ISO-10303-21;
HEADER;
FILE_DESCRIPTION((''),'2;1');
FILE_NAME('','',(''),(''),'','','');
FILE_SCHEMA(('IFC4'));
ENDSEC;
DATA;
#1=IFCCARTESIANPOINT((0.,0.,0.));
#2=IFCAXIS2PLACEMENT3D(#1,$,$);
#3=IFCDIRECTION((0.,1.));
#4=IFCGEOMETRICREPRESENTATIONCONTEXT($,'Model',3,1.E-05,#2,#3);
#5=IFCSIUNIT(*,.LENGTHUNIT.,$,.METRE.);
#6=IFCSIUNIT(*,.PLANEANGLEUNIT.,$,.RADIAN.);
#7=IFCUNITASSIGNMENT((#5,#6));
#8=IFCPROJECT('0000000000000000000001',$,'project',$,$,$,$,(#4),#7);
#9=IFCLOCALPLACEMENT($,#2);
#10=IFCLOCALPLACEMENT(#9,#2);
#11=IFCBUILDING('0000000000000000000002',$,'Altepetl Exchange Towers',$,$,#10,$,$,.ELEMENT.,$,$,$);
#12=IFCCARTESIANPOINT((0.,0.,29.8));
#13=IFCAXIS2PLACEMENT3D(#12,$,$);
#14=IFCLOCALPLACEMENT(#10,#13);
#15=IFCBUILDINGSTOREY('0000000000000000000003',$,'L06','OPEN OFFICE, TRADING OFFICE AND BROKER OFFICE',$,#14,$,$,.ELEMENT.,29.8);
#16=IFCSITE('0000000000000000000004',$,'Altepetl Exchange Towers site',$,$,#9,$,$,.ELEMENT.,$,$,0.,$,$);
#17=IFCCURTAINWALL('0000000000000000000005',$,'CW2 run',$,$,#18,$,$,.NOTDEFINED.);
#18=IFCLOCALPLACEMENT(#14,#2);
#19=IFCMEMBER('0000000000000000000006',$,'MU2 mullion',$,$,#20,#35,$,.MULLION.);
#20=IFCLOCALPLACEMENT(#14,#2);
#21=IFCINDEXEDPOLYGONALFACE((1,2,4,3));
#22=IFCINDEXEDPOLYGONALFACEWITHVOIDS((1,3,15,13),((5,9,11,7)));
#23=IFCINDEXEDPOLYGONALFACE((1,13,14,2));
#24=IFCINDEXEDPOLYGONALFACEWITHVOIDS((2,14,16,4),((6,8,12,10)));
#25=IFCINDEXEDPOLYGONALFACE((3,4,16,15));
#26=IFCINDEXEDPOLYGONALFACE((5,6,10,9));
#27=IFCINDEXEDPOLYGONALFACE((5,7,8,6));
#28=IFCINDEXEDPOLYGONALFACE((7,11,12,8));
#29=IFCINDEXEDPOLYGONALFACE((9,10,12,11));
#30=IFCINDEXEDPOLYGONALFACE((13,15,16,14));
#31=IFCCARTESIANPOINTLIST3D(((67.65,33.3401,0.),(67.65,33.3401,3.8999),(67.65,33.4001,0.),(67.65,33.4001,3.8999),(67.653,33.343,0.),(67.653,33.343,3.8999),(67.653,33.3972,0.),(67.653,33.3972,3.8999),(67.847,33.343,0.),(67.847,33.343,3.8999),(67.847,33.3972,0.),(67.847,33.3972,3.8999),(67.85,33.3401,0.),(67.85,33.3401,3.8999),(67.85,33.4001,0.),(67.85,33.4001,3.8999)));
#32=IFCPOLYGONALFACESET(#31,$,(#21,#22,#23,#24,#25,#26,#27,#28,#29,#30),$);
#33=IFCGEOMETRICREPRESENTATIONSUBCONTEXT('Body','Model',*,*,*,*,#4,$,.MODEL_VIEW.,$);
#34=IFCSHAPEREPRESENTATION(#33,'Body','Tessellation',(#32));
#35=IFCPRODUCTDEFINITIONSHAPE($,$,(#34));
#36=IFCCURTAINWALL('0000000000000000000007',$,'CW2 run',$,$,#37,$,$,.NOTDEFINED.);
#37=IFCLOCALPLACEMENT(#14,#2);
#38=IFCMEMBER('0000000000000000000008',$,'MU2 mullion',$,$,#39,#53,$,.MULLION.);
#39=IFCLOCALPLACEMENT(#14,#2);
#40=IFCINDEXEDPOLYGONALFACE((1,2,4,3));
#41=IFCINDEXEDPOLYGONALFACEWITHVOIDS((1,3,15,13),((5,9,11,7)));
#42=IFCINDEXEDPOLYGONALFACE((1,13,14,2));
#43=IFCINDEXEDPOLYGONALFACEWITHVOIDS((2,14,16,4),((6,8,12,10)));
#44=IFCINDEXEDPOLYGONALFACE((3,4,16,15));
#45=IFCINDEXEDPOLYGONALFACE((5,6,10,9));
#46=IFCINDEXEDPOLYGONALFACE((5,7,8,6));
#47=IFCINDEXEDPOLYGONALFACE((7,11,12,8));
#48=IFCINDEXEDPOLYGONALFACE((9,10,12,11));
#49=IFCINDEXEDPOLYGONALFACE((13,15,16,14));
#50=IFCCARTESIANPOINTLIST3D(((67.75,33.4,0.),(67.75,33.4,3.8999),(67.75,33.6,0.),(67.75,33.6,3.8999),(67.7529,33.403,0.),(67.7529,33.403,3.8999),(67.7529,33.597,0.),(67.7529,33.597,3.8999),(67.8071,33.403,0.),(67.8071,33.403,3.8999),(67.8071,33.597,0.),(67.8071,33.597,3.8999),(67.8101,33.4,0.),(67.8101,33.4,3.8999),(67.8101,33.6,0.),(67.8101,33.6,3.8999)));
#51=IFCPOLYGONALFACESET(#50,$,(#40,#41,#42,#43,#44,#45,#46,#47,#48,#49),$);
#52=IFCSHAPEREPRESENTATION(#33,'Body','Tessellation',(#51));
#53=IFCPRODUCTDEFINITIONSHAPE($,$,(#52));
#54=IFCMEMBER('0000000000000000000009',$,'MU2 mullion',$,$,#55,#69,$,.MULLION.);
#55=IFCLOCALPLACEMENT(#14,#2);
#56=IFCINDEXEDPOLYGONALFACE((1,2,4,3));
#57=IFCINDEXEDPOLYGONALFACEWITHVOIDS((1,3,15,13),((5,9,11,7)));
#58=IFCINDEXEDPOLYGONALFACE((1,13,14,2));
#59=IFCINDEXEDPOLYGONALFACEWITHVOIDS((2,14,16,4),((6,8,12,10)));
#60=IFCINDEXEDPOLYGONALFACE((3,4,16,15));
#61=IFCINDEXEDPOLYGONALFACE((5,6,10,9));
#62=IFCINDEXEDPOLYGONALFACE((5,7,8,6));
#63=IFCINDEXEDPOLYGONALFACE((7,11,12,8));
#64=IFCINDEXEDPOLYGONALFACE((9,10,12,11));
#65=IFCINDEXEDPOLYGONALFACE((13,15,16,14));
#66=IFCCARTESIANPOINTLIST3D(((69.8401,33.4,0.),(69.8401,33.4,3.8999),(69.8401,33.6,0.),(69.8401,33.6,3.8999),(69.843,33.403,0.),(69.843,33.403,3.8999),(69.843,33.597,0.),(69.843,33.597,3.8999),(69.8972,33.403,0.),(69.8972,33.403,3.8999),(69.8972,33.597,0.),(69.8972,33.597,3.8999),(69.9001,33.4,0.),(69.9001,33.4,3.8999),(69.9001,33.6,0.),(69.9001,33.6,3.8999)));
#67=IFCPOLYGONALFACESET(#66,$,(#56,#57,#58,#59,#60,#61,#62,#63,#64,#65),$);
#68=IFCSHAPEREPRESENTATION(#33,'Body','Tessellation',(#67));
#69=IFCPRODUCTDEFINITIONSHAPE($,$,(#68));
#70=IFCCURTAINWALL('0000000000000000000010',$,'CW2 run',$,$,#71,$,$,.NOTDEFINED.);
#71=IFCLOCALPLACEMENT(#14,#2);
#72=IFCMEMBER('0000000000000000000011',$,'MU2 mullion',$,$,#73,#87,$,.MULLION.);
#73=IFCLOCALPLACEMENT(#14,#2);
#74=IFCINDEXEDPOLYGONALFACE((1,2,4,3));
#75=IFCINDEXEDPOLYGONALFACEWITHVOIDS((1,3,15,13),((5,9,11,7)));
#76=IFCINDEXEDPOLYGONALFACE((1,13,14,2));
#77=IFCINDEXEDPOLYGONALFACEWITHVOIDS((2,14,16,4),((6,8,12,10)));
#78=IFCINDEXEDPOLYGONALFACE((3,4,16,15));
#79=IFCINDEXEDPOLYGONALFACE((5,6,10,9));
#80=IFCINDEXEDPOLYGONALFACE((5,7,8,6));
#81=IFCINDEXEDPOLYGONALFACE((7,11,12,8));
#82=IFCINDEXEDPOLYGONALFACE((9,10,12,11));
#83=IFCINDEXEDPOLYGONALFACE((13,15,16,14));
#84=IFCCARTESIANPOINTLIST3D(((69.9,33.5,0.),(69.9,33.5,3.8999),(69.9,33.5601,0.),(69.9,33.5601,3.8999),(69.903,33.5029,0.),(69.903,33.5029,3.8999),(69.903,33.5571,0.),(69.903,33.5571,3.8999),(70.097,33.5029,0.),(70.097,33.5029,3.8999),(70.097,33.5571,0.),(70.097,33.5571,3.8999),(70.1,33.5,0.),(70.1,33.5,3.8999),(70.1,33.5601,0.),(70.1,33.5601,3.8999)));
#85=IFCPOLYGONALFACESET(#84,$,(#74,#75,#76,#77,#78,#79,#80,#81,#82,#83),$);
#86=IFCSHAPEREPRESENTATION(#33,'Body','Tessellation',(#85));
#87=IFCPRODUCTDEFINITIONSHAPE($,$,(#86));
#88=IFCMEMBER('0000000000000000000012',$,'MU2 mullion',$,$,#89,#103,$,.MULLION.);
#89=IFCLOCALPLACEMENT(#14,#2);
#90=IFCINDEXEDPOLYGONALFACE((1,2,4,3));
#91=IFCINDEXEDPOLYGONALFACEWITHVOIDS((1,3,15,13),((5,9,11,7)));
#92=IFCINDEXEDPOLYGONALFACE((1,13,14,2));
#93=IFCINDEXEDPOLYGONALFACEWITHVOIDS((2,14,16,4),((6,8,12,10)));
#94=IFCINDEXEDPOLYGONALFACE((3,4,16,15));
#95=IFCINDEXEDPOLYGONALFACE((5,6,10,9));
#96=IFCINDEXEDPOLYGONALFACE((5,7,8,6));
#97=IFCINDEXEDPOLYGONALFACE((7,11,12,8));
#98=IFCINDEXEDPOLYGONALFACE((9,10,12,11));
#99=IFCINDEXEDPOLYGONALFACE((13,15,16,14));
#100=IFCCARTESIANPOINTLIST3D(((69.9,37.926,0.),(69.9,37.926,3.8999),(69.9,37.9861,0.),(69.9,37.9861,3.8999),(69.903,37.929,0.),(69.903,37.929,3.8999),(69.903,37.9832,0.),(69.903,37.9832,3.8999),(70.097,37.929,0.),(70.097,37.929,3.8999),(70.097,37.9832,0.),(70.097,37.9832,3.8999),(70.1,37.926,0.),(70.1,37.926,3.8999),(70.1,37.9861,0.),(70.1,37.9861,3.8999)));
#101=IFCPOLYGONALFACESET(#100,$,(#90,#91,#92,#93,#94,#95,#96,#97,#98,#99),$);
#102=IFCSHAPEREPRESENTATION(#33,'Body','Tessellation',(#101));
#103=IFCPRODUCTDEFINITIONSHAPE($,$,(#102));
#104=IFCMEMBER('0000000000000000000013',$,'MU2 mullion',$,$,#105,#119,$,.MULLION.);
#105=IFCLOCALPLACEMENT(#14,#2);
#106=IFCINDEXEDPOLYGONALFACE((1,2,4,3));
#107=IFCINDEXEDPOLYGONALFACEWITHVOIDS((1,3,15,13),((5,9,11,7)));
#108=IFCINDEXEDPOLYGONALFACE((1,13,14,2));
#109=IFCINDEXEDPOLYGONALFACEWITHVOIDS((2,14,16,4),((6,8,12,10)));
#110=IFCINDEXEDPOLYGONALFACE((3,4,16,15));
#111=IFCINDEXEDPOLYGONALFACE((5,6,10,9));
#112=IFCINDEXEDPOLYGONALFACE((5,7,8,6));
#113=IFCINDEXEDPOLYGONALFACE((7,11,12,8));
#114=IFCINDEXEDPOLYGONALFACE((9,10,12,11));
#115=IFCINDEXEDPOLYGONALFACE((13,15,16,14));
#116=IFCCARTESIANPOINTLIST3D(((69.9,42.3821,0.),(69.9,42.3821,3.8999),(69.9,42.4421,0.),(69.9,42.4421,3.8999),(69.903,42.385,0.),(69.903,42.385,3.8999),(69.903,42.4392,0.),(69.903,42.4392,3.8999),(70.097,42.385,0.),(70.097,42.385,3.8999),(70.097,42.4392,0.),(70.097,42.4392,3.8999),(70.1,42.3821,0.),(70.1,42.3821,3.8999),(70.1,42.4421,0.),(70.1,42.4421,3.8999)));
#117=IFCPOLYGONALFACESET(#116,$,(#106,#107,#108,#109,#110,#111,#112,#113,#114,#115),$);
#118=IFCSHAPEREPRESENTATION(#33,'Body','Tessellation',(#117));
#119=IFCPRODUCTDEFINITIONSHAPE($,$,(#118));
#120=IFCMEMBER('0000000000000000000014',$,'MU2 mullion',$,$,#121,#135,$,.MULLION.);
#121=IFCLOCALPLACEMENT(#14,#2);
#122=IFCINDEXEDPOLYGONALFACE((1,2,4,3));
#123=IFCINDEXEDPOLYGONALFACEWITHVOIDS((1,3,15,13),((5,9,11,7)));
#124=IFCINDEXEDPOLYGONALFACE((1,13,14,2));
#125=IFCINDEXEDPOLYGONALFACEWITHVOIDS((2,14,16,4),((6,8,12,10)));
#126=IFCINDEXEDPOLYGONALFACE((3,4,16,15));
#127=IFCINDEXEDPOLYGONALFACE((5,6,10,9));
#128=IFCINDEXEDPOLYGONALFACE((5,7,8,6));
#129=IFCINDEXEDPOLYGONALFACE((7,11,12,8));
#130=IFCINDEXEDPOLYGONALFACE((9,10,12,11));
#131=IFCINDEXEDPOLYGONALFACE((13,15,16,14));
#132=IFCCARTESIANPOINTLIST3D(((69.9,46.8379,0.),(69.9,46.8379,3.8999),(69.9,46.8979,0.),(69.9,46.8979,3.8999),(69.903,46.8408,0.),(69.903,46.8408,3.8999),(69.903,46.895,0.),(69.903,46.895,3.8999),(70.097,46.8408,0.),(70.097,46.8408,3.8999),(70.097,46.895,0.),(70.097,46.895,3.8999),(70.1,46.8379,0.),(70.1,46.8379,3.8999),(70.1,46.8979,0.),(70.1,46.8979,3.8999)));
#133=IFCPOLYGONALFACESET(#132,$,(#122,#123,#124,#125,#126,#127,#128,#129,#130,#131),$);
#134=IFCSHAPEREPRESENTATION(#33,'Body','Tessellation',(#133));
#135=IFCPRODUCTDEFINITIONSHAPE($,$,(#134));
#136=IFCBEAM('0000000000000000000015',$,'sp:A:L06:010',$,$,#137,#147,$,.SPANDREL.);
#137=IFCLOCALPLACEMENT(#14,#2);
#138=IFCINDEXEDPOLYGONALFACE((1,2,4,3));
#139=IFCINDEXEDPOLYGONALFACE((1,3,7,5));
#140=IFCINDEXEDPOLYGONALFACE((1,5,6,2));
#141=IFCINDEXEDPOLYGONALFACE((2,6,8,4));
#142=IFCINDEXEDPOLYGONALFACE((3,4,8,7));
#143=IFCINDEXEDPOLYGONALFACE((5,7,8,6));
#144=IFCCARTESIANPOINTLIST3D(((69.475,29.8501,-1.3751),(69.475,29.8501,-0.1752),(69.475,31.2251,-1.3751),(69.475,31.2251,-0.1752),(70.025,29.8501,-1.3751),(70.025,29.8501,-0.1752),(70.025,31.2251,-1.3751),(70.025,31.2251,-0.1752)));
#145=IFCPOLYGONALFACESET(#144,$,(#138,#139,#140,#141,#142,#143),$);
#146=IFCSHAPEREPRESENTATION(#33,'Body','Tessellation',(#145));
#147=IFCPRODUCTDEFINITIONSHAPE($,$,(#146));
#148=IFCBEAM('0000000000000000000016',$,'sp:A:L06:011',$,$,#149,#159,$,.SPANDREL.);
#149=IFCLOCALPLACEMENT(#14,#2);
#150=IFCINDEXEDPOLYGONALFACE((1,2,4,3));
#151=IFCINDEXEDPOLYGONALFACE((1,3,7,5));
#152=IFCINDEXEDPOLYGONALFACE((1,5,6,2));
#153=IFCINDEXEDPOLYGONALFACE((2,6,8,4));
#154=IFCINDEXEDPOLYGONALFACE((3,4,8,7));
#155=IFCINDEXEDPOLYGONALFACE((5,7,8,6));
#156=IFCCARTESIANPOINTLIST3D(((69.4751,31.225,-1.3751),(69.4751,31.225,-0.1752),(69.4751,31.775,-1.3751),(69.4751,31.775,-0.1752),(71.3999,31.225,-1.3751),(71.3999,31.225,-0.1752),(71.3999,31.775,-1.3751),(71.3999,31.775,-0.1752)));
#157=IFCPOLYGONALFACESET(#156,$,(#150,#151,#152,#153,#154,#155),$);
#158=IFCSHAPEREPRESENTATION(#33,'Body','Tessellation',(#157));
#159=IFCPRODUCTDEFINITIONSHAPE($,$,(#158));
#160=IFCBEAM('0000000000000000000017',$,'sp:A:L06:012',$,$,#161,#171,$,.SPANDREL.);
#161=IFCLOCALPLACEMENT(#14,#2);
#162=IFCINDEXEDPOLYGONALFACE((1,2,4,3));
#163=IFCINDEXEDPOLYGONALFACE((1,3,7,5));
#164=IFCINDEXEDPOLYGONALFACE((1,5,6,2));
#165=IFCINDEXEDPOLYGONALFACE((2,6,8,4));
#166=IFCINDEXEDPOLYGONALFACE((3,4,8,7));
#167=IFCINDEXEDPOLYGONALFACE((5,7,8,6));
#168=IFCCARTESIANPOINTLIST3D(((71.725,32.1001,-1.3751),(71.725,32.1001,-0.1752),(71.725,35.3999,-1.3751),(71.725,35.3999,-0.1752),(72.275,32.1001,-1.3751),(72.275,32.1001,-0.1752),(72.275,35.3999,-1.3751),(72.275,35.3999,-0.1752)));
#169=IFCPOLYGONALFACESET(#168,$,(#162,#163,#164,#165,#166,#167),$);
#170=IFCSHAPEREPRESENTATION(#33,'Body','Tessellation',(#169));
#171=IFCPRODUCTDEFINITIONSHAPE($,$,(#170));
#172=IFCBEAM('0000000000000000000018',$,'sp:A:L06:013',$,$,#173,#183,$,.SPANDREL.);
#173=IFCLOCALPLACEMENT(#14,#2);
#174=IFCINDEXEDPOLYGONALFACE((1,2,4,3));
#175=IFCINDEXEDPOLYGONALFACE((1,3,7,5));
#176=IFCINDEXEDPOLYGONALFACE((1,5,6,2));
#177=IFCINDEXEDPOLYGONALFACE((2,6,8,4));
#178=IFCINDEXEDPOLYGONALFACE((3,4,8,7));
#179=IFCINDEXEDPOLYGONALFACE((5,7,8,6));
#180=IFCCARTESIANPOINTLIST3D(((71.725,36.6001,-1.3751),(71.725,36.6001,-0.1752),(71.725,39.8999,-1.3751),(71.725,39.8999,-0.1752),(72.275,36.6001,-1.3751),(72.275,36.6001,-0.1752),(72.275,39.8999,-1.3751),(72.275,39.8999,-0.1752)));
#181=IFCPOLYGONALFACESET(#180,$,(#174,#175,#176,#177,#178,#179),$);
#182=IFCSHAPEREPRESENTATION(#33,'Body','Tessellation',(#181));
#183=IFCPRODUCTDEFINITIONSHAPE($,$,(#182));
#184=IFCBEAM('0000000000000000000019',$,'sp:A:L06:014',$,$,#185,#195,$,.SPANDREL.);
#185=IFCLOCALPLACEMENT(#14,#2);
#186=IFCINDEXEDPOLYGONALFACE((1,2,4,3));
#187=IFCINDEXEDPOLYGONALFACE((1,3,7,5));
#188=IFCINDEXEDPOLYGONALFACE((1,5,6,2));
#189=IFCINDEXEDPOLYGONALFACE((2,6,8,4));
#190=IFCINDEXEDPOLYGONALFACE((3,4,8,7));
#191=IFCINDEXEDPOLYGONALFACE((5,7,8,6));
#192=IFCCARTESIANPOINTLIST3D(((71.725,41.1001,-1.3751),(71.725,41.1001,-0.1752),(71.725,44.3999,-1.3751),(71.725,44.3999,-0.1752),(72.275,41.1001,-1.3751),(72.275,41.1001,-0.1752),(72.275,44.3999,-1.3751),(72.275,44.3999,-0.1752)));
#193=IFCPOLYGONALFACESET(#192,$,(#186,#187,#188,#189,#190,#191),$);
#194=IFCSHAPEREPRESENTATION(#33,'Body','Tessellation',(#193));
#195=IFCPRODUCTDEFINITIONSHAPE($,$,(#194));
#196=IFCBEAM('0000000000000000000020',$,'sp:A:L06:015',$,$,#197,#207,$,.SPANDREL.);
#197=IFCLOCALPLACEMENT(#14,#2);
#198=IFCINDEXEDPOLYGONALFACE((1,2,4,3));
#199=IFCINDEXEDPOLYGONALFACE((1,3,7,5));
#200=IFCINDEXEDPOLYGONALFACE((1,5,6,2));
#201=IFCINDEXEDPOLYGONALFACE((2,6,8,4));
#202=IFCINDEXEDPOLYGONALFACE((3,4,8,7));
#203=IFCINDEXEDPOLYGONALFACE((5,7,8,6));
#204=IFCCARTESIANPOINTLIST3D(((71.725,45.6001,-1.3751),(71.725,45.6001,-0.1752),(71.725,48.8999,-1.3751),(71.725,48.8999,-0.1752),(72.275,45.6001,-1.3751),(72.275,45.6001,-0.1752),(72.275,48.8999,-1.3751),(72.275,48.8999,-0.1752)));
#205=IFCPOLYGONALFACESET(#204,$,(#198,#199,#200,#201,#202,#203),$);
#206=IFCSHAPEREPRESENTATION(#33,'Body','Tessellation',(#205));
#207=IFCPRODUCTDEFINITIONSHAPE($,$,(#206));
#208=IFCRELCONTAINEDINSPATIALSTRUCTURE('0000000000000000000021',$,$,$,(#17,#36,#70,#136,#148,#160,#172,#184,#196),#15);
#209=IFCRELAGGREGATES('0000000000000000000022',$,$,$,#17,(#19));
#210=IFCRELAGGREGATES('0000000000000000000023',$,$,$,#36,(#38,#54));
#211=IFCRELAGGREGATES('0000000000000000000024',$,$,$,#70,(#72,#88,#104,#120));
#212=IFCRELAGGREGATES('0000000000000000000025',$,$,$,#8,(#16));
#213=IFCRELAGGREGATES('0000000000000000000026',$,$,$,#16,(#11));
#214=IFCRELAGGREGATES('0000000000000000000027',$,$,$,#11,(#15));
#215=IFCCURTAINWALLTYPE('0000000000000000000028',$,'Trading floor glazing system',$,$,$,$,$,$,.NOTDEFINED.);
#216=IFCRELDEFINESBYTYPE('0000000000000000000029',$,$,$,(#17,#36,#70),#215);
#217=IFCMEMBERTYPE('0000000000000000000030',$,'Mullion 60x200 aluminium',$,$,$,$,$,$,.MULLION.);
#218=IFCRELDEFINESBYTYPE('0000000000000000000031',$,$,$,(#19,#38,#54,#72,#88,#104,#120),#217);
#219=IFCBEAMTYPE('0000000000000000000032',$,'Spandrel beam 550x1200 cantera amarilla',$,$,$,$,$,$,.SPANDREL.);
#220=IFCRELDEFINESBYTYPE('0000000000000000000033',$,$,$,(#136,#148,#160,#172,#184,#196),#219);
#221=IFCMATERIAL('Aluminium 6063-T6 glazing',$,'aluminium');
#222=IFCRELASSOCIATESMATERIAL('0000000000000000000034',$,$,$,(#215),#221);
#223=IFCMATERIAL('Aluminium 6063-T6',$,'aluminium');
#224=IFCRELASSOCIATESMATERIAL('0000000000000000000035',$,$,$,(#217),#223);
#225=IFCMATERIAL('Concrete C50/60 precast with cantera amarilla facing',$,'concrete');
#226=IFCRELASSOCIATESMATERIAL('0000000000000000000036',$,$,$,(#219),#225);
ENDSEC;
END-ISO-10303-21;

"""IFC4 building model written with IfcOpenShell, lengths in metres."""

from ifc_helpers import new_model, si_unit, direction, frame, origin, origin_2d, place, context, subcontext, project, spatial, rectangle, hollow_rectangle, extrude, material, material_profile, profile_set, type_object, element, aggregate, save


model = new_model("IFC4")

# Units and contexts
model_context = context("Model", 3, precision=1e-05, world=origin(), true_north=direction((0.0, 1.0)))
body_context = subcontext(model_context, "Body", "Model", "MODEL_VIEW")
ifc_project = project(units=[si_unit("LENGTHUNIT", "METRE"), si_unit("PLANEANGLEUNIT", "RADIAN")], contexts=[model_context])

# Site, building, storey
site_placement = place(None, origin())
site = spatial("IfcSite", under=ifc_project, at=site_placement, Name="Altepetl Exchange Towers site", CompositionType="ELEMENT", RefElevation=0.0)
building_placement = place(site_placement, origin())
building = spatial("IfcBuilding", under=site, at=building_placement, Name="Altepetl Exchange Towers", CompositionType="ELEMENT")
storey_placement = place(building_placement, frame((0.0, 0.0, 29.8)))
storey = spatial("IfcBuildingStorey", under=building, at=storey_placement, Name="L06", Description="OPEN OFFICE, TRADING OFFICE AND BROKER OFFICE", CompositionType="ELEMENT", Elevation=29.8)

# Shared definitions
ifc_material_1 = material(Name="Aluminium 6063-T6 glazing", Category="aluminium")
curtain_wall_type = type_object("IfcCurtainWallType", Name="Trading floor glazing system", PredefinedType="NOTDEFINED", material=ifc_material_1)
ifc_material_2 = material(Name="Aluminium 6063-T6", Category="aluminium")
ifc_material_profile_1 = material_profile(ifc_material_2, hollow_rectangle(XDim=0.0601, YDim=0.2, WallThickness=0.0029, at=origin_2d()), Name="Mullion 60x200 aluminium")
ifc_profile_set_1 = profile_set([ifc_material_profile_1], Name="Aluminium 6063-T6")
member_type = type_object("IfcMemberType", Name="Mullion 60x200 aluminium", PredefinedType="MULLION", material=ifc_profile_set_1)

# Curtain walls, members
curtain_wall_1_placement = place(storey_placement, origin())
curtain_wall_1 = element("IfcCurtainWall", 1, at=curtain_wall_1_placement, inside=storey, type_object=curtain_wall_type, Name="CW2 run", PredefinedType="NOTDEFINED")
member_1_placement = place(storey_placement, frame((67.75, 33.3701, 0.0), z_axis=(0.0, 0.0, 1.0), x_axis=(0.0, 1.0, 0.0)))
member_1 = element("IfcMember", 2, at=member_1_placement, type_object=member_type, Name="MU2 mullion", PredefinedType="MULLION", context=body_context, shape_type="SweptSolid", body=[
    extrude(hollow_rectangle(XDim=0.0601, YDim=0.2, WallThickness=0.0029, at=origin_2d()), origin(), (0.0, 0.0, 1.0), 3.8999),
])
curtain_wall_2_placement = place(storey_placement, origin())
curtain_wall_2 = element("IfcCurtainWall", 3, at=curtain_wall_2_placement, inside=storey, type_object=curtain_wall_type, Name="CW2 run", PredefinedType="NOTDEFINED")
member_2_placement = place(storey_placement, frame((67.78, 33.5, 0.0)))
member_2 = element("IfcMember", 4, at=member_2_placement, type_object=member_type, Name="MU2 mullion", PredefinedType="MULLION", context=body_context, shape_type="SweptSolid", body=[
    extrude(hollow_rectangle(XDim=0.0601, YDim=0.2, WallThickness=0.0029, at=origin_2d()), origin(), (0.0, 0.0, 1.0), 3.8999),
])
member_3_placement = place(storey_placement, frame((69.8701, 33.5, 0.0)))
member_3 = element("IfcMember", 5, at=member_3_placement, type_object=member_type, Name="MU2 mullion", PredefinedType="MULLION", context=body_context, shape_type="SweptSolid", body=[
    extrude(hollow_rectangle(XDim=0.0601, YDim=0.2, WallThickness=0.0029, at=origin_2d()), origin(), (0.0, 0.0, 1.0), 3.8999),
])
curtain_wall_3_placement = place(storey_placement, origin())
curtain_wall_3 = element("IfcCurtainWall", 6, at=curtain_wall_3_placement, inside=storey, type_object=curtain_wall_type, Name="CW2 run", PredefinedType="NOTDEFINED")
member_4_placement = place(storey_placement, frame((70.0, 33.53, 0.0), z_axis=(0.0, 0.0, 1.0), x_axis=(0.0, 1.0, 0.0)))
member_4 = element("IfcMember", 7, at=member_4_placement, type_object=member_type, Name="MU2 mullion", PredefinedType="MULLION", context=body_context, shape_type="SweptSolid", body=[
    extrude(hollow_rectangle(XDim=0.0601, YDim=0.2, WallThickness=0.0029, at=origin_2d()), origin(), (0.0, 0.0, 1.0), 3.8999),
])
member_5_placement = place(storey_placement, frame((70.0, 37.9561, 0.0), z_axis=(0.0, 0.0, 1.0), x_axis=(0.0, 1.0, 0.0)))
member_5 = element("IfcMember", 8, at=member_5_placement, type_object=member_type, Name="MU2 mullion", PredefinedType="MULLION", context=body_context, shape_type="SweptSolid", body=[
    extrude(hollow_rectangle(XDim=0.0601, YDim=0.2, WallThickness=0.0029, at=origin_2d()), origin(), (0.0, 0.0, 1.0), 3.8999),
])
member_6_placement = place(storey_placement, frame((70.0, 42.4121, 0.0), z_axis=(0.0, 0.0, 1.0), x_axis=(0.0, 1.0, 0.0)))
member_6 = element("IfcMember", 9, at=member_6_placement, type_object=member_type, Name="MU2 mullion", PredefinedType="MULLION", context=body_context, shape_type="SweptSolid", body=[
    extrude(hollow_rectangle(XDim=0.0601, YDim=0.2, WallThickness=0.0029, at=origin_2d()), origin(), (0.0, 0.0, 1.0), 3.8999),
])
member_7_placement = place(storey_placement, frame((70.0, 46.8679, 0.0), z_axis=(0.0, 0.0, 1.0), x_axis=(0.0, 1.0, 0.0)))
member_7 = element("IfcMember", 10, at=member_7_placement, type_object=member_type, Name="MU2 mullion", PredefinedType="MULLION", context=body_context, shape_type="SweptSolid", body=[
    extrude(hollow_rectangle(XDim=0.0601, YDim=0.2, WallThickness=0.0029, at=origin_2d()), origin(), (0.0, 0.0, 1.0), 3.8999),
])

# Beams
ifc_material_3 = material(Name="Concrete C50/60 precast with cantera amarilla facing", Category="concrete")
ifc_material_profile_2 = material_profile(ifc_material_3, rectangle(XDim=0.55, YDim=1.2, at=origin_2d()), Name="550 x 1200")
ifc_profile_set_2 = profile_set([ifc_material_profile_2], Name="Concrete C50/60 precast with cantera amarilla facing")
beam_type_1 = type_object("IfcBeamType", Name="Spandrel beam 550x1200 cantera amarilla", PredefinedType="SPANDREL", material=ifc_profile_set_2)
beam_1_placement = place(storey_placement, frame((69.75, 29.8501, -0.7751), z_axis=(0.0, 1.0, 0.0), x_axis=(-1.0, 0.0, 0.0)))
element("IfcBeam", 11, at=beam_1_placement, inside=storey, type_object=beam_type_1, Name="sp:A:L06:010", PredefinedType="SPANDREL", context=body_context, shape_type="SweptSolid", body=[
    extrude(rectangle(XDim=0.55, YDim=1.2, at=origin_2d()), origin(), (0.0, 0.0, 1.0), 1.375),
])
beam_2_placement = place(storey_placement, frame((69.4751, 31.5, -0.7751), z_axis=(1.0, 0.0, 0.0), x_axis=(0.0, 1.0, 0.0)))
element("IfcBeam", 12, at=beam_2_placement, inside=storey, type_object=beam_type_1, Name="sp:A:L06:011", PredefinedType="SPANDREL", context=body_context, shape_type="SweptSolid", body=[
    extrude(rectangle(XDim=0.55, YDim=1.2, at=origin_2d()), origin(), (0.0, 0.0, 1.0), 1.9248),
])
for number, where, z_axis, x_axis, name in (
    (13, (72.0, 32.1001, -0.7751), (0.0, 1.0, 0.0), (-1.0, 0.0, 0.0), "sp:A:L06:012"),
    (14, (72.0, 36.6001, -0.7751), (0.0, 1.0, 0.0), (-1.0, 0.0, 0.0), "sp:A:L06:013"),
    (15, (72.0, 41.1001, -0.7751), (0.0, 1.0, 0.0), (-1.0, 0.0, 0.0), "sp:A:L06:014"),
    (16, (72.0, 45.6001, -0.7751), (0.0, 1.0, 0.0), (-1.0, 0.0, 0.0), "sp:A:L06:015"),
):
    element("IfcBeam", number, at=place(storey_placement, frame(where, z_axis=z_axis, x_axis=x_axis)), inside=storey, type_object=beam_type_1, Name=name, PredefinedType="SPANDREL", context=body_context, shape_type="SweptSolid", body=[
        extrude(rectangle(XDim=0.55, YDim=1.2, at=origin_2d()), origin(), (0.0, 0.0, 1.0), 3.2998),
    ])

aggregate(curtain_wall_1, [member_1])
aggregate(curtain_wall_2, [member_2, member_3])
aggregate(curtain_wall_3, [member_4, member_5, member_6, member_7])

save(model, "model.ifc")
